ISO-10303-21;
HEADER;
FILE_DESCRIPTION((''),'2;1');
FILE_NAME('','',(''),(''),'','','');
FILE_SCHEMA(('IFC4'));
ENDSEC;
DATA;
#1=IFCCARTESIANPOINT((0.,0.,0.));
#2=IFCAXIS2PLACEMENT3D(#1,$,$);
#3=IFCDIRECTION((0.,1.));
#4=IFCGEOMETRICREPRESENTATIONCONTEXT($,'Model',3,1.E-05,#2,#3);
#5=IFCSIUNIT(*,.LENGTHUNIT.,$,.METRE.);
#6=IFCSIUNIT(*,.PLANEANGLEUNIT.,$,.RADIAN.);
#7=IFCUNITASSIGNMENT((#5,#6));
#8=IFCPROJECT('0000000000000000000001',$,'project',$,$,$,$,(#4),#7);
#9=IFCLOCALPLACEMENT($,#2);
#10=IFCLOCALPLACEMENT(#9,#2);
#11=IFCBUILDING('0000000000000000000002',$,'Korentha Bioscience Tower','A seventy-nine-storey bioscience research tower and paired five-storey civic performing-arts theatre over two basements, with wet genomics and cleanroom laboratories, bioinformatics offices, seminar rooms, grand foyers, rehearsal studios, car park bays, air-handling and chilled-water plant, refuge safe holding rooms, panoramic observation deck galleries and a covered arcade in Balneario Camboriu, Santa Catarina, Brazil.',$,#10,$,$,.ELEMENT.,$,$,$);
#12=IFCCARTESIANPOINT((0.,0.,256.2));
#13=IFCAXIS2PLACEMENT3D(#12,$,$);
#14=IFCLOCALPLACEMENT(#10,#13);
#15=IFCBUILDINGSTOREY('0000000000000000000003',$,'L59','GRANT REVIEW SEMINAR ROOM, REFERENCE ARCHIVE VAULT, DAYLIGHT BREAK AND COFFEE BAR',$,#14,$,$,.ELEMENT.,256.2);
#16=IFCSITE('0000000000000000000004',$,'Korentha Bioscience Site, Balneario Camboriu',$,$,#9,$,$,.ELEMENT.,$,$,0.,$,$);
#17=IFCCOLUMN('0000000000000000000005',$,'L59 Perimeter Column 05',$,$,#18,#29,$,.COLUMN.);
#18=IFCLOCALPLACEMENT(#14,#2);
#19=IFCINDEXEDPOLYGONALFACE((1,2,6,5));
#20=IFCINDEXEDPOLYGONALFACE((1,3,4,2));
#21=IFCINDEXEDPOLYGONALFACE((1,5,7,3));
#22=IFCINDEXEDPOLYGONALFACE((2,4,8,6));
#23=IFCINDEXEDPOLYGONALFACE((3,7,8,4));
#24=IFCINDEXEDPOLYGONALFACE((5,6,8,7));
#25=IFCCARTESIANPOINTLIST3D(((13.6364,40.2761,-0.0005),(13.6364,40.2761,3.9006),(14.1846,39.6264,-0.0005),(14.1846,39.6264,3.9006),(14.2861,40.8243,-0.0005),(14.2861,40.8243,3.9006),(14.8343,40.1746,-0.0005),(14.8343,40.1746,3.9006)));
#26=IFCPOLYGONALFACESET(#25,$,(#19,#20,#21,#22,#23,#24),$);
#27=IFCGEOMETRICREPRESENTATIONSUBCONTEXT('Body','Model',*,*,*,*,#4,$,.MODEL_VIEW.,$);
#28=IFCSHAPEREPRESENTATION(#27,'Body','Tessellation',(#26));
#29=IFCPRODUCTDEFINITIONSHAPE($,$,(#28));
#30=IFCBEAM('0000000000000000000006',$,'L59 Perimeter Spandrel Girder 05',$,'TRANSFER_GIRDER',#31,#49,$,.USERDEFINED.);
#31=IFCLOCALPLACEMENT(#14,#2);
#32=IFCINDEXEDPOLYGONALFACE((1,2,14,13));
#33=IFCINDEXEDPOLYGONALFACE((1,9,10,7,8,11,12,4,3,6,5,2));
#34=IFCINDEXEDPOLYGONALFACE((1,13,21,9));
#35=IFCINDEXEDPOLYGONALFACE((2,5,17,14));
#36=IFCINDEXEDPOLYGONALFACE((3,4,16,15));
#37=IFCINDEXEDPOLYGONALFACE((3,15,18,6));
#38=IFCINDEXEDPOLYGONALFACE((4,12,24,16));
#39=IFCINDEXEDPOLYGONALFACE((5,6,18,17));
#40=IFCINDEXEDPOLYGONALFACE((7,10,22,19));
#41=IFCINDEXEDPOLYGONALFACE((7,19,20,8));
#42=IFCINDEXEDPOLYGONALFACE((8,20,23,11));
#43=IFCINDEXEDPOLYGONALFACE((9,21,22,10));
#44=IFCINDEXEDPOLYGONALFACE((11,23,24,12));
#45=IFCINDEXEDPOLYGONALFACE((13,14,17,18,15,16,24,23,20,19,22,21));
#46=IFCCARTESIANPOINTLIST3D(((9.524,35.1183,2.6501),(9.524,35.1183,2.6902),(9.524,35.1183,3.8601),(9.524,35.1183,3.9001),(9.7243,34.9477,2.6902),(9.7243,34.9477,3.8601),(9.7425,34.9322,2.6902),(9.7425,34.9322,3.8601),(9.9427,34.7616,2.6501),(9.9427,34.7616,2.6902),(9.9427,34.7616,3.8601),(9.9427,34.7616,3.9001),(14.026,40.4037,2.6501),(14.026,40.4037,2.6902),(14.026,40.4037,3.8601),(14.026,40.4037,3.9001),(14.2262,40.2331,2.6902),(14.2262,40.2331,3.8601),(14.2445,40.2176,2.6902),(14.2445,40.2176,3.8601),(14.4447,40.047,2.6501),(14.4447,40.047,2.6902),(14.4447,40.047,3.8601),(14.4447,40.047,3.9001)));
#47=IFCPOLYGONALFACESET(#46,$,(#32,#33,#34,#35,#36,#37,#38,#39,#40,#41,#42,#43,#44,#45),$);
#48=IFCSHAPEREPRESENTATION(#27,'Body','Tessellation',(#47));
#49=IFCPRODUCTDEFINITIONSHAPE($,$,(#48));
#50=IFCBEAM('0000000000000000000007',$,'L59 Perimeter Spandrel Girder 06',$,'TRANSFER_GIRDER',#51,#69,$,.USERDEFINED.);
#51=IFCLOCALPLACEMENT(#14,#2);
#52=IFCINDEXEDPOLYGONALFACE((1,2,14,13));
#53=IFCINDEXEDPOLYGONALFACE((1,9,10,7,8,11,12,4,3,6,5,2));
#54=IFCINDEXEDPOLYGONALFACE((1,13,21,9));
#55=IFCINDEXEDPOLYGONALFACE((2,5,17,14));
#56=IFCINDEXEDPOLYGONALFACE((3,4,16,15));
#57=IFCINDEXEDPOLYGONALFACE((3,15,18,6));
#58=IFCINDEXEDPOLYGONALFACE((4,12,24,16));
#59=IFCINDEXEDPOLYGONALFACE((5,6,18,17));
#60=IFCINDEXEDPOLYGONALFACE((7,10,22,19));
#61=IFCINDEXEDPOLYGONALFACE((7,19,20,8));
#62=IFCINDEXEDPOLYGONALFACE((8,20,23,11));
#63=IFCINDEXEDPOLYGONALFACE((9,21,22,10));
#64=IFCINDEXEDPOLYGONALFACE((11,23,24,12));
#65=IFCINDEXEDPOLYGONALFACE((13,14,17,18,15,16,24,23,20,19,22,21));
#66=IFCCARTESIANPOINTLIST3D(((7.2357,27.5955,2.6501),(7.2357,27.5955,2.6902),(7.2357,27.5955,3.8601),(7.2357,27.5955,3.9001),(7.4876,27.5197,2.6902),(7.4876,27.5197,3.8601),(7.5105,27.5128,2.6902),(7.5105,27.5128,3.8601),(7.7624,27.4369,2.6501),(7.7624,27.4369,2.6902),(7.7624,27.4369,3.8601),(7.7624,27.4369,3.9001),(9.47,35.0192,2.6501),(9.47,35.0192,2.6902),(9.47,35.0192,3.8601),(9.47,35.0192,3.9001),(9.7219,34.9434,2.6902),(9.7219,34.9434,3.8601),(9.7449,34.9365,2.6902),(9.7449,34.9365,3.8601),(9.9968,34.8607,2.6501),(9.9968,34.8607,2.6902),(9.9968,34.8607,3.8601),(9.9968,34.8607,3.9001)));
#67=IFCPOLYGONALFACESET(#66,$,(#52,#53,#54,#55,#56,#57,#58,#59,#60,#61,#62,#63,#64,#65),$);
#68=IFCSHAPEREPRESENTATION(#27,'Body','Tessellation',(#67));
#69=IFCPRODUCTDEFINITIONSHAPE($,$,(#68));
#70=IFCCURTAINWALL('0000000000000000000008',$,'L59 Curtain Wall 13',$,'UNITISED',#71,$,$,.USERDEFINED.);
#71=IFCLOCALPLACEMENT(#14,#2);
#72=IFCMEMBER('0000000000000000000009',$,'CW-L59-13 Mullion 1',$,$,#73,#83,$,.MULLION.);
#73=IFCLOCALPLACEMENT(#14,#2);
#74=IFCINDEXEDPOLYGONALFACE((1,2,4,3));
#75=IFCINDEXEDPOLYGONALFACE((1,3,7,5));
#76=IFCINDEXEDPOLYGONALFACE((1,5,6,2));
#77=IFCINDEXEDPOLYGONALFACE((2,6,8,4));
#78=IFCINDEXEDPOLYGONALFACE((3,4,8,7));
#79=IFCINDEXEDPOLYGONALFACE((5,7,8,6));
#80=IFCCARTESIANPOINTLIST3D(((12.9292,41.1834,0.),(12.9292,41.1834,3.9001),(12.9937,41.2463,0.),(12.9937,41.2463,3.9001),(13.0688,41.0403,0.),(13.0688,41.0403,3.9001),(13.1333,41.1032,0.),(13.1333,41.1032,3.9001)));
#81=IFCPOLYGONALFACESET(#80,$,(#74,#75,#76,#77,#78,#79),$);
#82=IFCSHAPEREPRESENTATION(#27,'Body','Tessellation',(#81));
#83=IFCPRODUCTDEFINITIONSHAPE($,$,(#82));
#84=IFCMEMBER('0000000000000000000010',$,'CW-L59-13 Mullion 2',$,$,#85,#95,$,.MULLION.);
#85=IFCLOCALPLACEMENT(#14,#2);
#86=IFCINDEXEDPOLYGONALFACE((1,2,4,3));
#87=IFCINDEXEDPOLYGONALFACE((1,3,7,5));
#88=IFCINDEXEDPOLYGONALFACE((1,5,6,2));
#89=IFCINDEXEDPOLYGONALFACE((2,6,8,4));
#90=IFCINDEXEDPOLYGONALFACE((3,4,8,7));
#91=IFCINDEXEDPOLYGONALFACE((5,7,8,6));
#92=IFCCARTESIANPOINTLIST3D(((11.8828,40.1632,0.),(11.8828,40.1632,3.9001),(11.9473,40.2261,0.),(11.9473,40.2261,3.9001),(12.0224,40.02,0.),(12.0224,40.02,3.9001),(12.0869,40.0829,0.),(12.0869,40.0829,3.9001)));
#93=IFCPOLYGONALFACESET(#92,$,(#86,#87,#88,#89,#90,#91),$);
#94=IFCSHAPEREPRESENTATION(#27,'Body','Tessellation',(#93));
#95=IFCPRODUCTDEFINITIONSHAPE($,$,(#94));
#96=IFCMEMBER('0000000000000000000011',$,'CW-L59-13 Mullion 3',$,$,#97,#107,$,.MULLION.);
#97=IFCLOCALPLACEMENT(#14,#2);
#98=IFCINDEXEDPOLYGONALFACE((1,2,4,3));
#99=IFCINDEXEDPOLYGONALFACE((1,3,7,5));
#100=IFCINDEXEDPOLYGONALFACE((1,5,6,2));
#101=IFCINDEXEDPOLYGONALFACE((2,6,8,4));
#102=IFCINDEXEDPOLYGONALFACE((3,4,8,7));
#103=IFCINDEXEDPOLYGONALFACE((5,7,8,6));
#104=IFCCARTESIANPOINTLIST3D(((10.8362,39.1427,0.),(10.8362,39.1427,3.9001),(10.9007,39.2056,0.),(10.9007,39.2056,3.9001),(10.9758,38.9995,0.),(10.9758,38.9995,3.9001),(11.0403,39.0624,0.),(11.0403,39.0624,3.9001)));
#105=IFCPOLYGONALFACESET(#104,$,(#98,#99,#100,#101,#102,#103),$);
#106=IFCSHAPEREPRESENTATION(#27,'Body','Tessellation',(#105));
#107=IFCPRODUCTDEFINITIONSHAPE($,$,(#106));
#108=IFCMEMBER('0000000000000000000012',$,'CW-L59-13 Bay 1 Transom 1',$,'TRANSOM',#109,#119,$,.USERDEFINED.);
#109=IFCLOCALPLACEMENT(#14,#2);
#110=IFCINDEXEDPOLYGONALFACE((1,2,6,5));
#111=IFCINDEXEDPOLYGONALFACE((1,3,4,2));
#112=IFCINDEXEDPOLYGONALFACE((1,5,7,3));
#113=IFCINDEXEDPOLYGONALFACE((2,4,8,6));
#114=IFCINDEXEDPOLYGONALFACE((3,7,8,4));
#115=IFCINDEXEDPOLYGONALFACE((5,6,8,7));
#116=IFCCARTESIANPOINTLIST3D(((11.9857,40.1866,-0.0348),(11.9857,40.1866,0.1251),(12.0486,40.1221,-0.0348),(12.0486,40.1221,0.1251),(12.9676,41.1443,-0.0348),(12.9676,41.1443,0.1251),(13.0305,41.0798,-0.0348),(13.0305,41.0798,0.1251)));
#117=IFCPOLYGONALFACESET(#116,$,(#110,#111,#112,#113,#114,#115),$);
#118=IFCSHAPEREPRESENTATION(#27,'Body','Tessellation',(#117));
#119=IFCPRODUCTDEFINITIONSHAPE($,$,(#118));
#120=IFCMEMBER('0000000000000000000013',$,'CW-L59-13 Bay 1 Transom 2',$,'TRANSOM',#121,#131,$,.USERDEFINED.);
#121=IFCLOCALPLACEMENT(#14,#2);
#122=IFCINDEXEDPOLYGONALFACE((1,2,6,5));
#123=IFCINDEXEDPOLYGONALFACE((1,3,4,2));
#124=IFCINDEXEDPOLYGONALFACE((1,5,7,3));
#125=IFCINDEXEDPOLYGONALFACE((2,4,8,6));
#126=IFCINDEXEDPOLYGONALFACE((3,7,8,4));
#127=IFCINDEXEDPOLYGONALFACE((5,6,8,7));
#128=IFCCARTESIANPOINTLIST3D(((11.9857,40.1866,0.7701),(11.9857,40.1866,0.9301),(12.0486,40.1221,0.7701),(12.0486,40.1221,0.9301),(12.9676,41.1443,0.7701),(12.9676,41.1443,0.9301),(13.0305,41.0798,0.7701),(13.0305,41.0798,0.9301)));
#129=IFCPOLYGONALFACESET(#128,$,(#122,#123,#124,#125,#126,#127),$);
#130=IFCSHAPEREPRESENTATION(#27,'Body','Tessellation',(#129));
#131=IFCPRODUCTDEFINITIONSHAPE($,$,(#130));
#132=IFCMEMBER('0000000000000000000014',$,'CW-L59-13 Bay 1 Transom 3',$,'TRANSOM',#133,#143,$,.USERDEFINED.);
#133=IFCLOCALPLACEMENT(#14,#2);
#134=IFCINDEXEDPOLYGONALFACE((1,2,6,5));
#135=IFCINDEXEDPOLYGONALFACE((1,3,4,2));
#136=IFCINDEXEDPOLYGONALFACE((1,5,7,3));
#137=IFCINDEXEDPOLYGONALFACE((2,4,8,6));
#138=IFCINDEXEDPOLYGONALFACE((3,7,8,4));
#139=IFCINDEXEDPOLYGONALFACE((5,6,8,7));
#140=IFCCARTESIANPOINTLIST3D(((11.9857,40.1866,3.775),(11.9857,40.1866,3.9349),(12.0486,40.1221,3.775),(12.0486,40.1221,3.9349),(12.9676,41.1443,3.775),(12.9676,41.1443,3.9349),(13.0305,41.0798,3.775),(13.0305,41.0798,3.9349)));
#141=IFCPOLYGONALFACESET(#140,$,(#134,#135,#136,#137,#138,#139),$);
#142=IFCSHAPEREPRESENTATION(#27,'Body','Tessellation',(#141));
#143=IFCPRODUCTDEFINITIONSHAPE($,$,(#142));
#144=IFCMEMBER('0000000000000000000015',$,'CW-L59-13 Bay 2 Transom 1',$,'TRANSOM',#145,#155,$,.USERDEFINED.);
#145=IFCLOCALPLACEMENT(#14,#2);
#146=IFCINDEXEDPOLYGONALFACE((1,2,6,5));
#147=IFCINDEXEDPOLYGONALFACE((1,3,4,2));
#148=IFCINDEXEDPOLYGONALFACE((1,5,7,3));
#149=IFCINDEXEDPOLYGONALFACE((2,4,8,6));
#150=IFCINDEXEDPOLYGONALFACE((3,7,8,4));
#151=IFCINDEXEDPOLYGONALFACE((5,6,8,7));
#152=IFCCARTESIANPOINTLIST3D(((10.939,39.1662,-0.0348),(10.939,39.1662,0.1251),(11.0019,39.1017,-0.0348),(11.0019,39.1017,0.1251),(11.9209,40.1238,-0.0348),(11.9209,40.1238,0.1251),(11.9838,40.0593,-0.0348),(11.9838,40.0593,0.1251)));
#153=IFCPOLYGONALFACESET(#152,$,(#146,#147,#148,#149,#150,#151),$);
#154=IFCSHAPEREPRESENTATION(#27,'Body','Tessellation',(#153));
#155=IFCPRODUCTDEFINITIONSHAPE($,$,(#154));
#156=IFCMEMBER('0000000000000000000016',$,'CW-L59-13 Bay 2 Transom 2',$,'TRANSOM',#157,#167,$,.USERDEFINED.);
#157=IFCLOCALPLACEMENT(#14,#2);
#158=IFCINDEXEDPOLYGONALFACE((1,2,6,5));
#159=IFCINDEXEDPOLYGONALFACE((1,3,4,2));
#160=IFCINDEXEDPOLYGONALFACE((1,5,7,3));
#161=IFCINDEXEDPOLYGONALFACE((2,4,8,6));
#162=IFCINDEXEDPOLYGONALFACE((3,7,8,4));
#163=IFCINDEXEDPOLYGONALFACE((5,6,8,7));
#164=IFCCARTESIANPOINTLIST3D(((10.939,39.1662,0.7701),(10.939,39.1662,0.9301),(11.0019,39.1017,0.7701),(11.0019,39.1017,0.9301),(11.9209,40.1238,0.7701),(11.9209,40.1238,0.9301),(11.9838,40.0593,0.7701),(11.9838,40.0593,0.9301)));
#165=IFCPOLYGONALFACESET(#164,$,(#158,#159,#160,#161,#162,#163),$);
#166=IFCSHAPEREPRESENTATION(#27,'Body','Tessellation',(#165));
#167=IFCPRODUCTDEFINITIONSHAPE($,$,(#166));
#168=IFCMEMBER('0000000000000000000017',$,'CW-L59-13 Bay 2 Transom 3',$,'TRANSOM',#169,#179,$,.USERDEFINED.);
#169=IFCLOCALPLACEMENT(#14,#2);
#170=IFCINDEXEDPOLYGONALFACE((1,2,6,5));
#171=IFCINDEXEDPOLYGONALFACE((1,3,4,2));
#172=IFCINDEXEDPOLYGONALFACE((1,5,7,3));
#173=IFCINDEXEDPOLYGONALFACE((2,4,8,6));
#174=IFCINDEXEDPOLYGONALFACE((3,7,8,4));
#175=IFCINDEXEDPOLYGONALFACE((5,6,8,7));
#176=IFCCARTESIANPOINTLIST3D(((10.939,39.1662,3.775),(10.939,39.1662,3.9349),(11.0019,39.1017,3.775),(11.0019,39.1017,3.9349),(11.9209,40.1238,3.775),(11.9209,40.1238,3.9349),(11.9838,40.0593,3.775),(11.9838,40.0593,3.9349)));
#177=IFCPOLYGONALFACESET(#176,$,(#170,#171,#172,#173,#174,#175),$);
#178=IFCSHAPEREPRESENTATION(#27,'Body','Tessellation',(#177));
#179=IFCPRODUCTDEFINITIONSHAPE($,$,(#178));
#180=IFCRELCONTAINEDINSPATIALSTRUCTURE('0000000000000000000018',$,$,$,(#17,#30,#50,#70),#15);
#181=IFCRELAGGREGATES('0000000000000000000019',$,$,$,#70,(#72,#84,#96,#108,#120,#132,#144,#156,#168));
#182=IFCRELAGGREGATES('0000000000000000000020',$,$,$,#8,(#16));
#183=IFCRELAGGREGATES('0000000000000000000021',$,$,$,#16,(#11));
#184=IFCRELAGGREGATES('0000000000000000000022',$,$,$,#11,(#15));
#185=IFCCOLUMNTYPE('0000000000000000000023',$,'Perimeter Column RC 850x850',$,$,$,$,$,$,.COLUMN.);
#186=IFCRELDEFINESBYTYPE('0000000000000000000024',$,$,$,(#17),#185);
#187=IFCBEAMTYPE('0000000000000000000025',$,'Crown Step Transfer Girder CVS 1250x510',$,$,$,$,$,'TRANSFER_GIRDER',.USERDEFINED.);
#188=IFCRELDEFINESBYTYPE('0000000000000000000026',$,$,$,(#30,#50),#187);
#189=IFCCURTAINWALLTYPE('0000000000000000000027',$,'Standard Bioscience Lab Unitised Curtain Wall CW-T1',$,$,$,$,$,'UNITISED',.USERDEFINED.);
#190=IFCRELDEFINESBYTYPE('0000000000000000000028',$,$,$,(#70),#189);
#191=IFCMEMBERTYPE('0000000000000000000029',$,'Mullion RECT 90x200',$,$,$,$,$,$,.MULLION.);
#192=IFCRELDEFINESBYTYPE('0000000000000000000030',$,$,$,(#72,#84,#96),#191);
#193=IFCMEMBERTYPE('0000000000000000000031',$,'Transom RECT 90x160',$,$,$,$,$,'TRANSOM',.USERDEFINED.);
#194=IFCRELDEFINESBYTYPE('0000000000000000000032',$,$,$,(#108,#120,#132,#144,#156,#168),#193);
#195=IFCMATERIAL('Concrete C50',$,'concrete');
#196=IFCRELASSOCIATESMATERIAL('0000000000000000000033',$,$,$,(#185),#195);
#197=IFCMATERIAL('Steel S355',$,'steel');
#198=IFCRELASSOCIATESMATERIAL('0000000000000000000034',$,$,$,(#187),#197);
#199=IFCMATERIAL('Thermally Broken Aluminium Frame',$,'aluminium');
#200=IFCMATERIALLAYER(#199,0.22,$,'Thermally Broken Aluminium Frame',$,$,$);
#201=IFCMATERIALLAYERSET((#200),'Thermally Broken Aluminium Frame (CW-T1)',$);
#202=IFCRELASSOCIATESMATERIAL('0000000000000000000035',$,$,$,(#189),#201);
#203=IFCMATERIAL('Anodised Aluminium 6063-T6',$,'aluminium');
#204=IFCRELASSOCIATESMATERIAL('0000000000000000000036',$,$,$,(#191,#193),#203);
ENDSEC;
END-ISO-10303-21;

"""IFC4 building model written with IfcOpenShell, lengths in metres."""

from ifc_helpers import new_model, si_unit, direction, frame, origin, origin_2d, place, context, subcontext, project, spatial, rectangle, i_section, extrude, material, layer, layer_set, material_profile, profile_set, type_object, element, aggregate, save


model = new_model("IFC4")

# Units and contexts
model_context = context("Model", 3, precision=1e-05, world=origin(), true_north=direction((0.0, 1.0)))
body_context = subcontext(model_context, "Body", "Model", "MODEL_VIEW")
ifc_project = project(units=[si_unit("LENGTHUNIT", "METRE"), si_unit("PLANEANGLEUNIT", "RADIAN")], contexts=[model_context])

# Site, building, storey
site_placement = place(None, origin())
site = spatial("IfcSite", under=ifc_project, at=site_placement, Name="Korentha Bioscience Site, Balneario Camboriu", CompositionType="ELEMENT", RefElevation=0.0)
building_placement = place(site_placement, origin())
building = spatial("IfcBuilding", under=site, at=building_placement, Name="Korentha Bioscience Tower", Description="A seventy-nine-storey bioscience research tower and paired five-storey civic performing-arts theatre over two basements, with wet genomics and cleanroom laboratories, bioinformatics offices, seminar rooms, grand foyers, rehearsal studios, car park bays, air-handling and chilled-water plant, refuge safe holding rooms, panoramic observation deck galleries and a covered arcade in Balneario Camboriu, Santa Catarina, Brazil.", CompositionType="ELEMENT")
storey_placement = place(building_placement, frame((0.0, 0.0, 256.2)))
storey = spatial("IfcBuildingStorey", under=building, at=storey_placement, Name="L59", Description="GRANT REVIEW SEMINAR ROOM, REFERENCE ARCHIVE VAULT, DAYLIGHT BREAK AND COFFEE BAR", CompositionType="ELEMENT", Elevation=256.2)

# Column
ifc_material_1 = material(Name="Concrete C50", Category="concrete")
ifc_material_profile_1 = material_profile(ifc_material_1, rectangle(XDim=0.8501, YDim=0.8501, at=origin_2d()), Name="Concrete C50")
ifc_profile_set_1 = profile_set([ifc_material_profile_1], Name="Concrete C50 (COL-P08)")
column_type = type_object("IfcColumnType", Name="Perimeter Column RC 850x850", PredefinedType="COLUMN", material=ifc_profile_set_1)
column_placement = place(storey_placement, frame((14.2354, 40.2253, -0.0005), z_axis=(0.0, 0.0, 1.0), x_axis=(0.764246, 0.644924, 0.0)))
element("IfcColumn", 1, at=column_placement, inside=storey, type_object=column_type, Name="L59 Perimeter Column 05", PredefinedType="COLUMN", context=body_context, shape_type="SweptSolid", body=[
    extrude(rectangle(XDim=0.8501, YDim=0.8501, at=origin_2d()), origin(), (0.0, 0.0, 1.0), 3.9011),
])

# Beams
ifc_material_2 = material(Name="Steel S355", Category="steel")
ifc_material_profile_2 = material_profile(ifc_material_2, i_section(OverallWidth=0.55, OverallDepth=1.25, WebThickness=0.0239, FlangeThickness=0.04, at=origin_2d()), Name="Steel S355")
ifc_profile_set_2 = profile_set([ifc_material_profile_2], Name="Steel S355 (TG-03)")
beam_type = type_object("IfcBeamType", Name="Crown Step Transfer Girder CVS 1250x510", ElementType="TRANSFER_GIRDER", PredefinedType="USERDEFINED", material=ifc_profile_set_2)
beam_1_placement = place(storey_placement, frame((14.2354, 40.2253, 3.2751), z_axis=(-0.648431, -0.761273, 0.0), x_axis=(0.761273, -0.648431, 0.0)))
element("IfcBeam", 2, at=beam_1_placement, inside=storey, type_object=beam_type, Name="L59 Perimeter Spandrel Girder 05", ObjectType="TRANSFER_GIRDER", PredefinedType="USERDEFINED", context=body_context, shape_type="SweptSolid", body=[
    extrude(i_section(OverallWidth=0.55, OverallDepth=1.25, WebThickness=0.0239, FlangeThickness=0.04, at=origin_2d()), origin(), (0.0, 0.0, 1.0), 6.9429),
])
beam_2_placement = place(storey_placement, frame((9.7334, 34.9399, 3.2751), z_axis=(-0.288203, -0.957569, 0.0), x_axis=(0.957569, -0.288203, 0.0)))
element("IfcBeam", 3, at=beam_2_placement, inside=storey, type_object=beam_type, Name="L59 Perimeter Spandrel Girder 06", ObjectType="TRANSFER_GIRDER", PredefinedType="USERDEFINED", context=body_context, shape_type="SweptSolid", body=[
    extrude(i_section(OverallWidth=0.55, OverallDepth=1.25, WebThickness=0.0239, FlangeThickness=0.04, at=origin_2d()), origin(), (0.0, 0.0, 1.0), 7.7527),
])

# Curtain wall, members
ifc_material_3 = material(Name="Thermally Broken Aluminium Frame", Category="aluminium")
ifc_layer_1 = layer(ifc_material_3, 0.22, Name="Thermally Broken Aluminium Frame")
ifc_layer_set_1 = layer_set([ifc_layer_1], Name="Thermally Broken Aluminium Frame (CW-T1)")
curtain_wall_type = type_object("IfcCurtainWallType", Name="Standard Bioscience Lab Unitised Curtain Wall CW-T1", ElementType="UNITISED", PredefinedType="USERDEFINED", material=ifc_layer_set_1)
curtain_wall_placement = place(storey_placement, origin())
curtain_wall = element("IfcCurtainWall", 4, at=curtain_wall_placement, inside=storey, type_object=curtain_wall_type, Name="L59 Curtain Wall 13", ObjectType="UNITISED", PredefinedType="USERDEFINED")
ifc_material_4 = material(Name="Anodised Aluminium 6063-T6", Category="aluminium")
ifc_material_profile_3 = material_profile(ifc_material_4, rectangle(XDim=0.0901, YDim=0.2, at=origin_2d()), Name="Anodised Aluminium 6063-T6")
ifc_profile_set_3 = profile_set([ifc_material_profile_3], Name="Anodised Aluminium 6063-T6 (CW-MUL)")
member_type_1 = type_object("IfcMemberType", Name="Mullion RECT 90x200", PredefinedType="MULLION", material=ifc_profile_set_3)
member_1_placement = place(storey_placement, frame((13.0312, 41.1433, 0.0), z_axis=(0.0, 0.0, 1.0), x_axis=(-0.715994, -0.698107, 0.0)))
member_1 = element("IfcMember", 5, at=member_1_placement, type_object=member_type_1, Name="CW-L59-13 Mullion 1", PredefinedType="MULLION", context=body_context, shape_type="SweptSolid", body=[
    extrude(rectangle(XDim=0.0901, YDim=0.2, at=origin_2d()), origin(), (0.0, 0.0, 1.0), 3.9001),
])
member_2_placement = place(storey_placement, frame((11.9849, 40.123, 0.0), z_axis=(0.0, 0.0, 1.0), x_axis=(-0.715994, -0.698107, 0.0)))
member_2 = element("IfcMember", 6, at=member_2_placement, type_object=member_type_1, Name="CW-L59-13 Mullion 2", PredefinedType="MULLION", context=body_context, shape_type="SweptSolid", body=[
    extrude(rectangle(XDim=0.0901, YDim=0.2, at=origin_2d()), origin(), (0.0, 0.0, 1.0), 3.9001),
])
member_3_placement = place(storey_placement, frame((10.9382, 39.1025, 0.0), z_axis=(0.0, 0.0, 1.0), x_axis=(-0.715994, -0.698107, 0.0)))
member_3 = element("IfcMember", 7, at=member_3_placement, type_object=member_type_1, Name="CW-L59-13 Mullion 3", PredefinedType="MULLION", context=body_context, shape_type="SweptSolid", body=[
    extrude(rectangle(XDim=0.0901, YDim=0.2, at=origin_2d()), origin(), (0.0, 0.0, 1.0), 3.9001),
])
ifc_material_profile_4 = material_profile(ifc_material_4, rectangle(XDim=0.0901, YDim=0.1599, at=origin_2d()), Name="Anodised Aluminium 6063-T6")
ifc_profile_set_4 = profile_set([ifc_material_profile_4], Name="Anodised Aluminium 6063-T6 (CW-TRN)")
member_type_2 = type_object("IfcMemberType", Name="Transom RECT 90x160", ElementType="TRANSOM", PredefinedType="USERDEFINED", material=ifc_profile_set_4)
member_4_placement = place(storey_placement, frame((12.999, 41.1121, 0.0452), z_axis=(-0.715862, -0.698242, 0.0), x_axis=(0.698242, -0.715862, 0.0)))
member_4 = element("IfcMember", 8, at=member_4_placement, type_object=member_type_2, Name="CW-L59-13 Bay 1 Transom 1", ObjectType="TRANSOM", PredefinedType="USERDEFINED", context=body_context, shape_type="SweptSolid", body=[
    extrude(rectangle(XDim=0.0901, YDim=0.1599, at=origin_2d()), origin(), (0.0, 0.0, 1.0), 1.3716),
])
member_5_placement = place(storey_placement, frame((12.999, 41.1121, 0.8501), z_axis=(-0.715862, -0.698242, 0.0), x_axis=(0.698242, -0.715862, 0.0)))
member_5 = element("IfcMember", 9, at=member_5_placement, type_object=member_type_2, Name="CW-L59-13 Bay 1 Transom 2", ObjectType="TRANSOM", PredefinedType="USERDEFINED", context=body_context, shape_type="SweptSolid", body=[
    extrude(rectangle(XDim=0.0901, YDim=0.1599, at=origin_2d()), origin(), (0.0, 0.0, 1.0), 1.3716),
])
member_6_placement = place(storey_placement, frame((12.999, 41.1121, 3.855), z_axis=(-0.715862, -0.698242, 0.0), x_axis=(0.698242, -0.715862, 0.0)))
member_6 = element("IfcMember", 10, at=member_6_placement, type_object=member_type_2, Name="CW-L59-13 Bay 1 Transom 3", ObjectType="TRANSOM", PredefinedType="USERDEFINED", context=body_context, shape_type="SweptSolid", body=[
    extrude(rectangle(XDim=0.0901, YDim=0.1599, at=origin_2d()), origin(), (0.0, 0.0, 1.0), 1.3716),
])
member_7_placement = place(storey_placement, frame((11.9524, 40.0916, 0.0452), z_axis=(-0.715951, -0.69815, 0.0), x_axis=(0.69815, -0.715951, 0.0)))
member_7 = element("IfcMember", 11, at=member_7_placement, type_object=member_type_2, Name="CW-L59-13 Bay 2 Transom 1", ObjectType="TRANSOM", PredefinedType="USERDEFINED", context=body_context, shape_type="SweptSolid", body=[
    extrude(rectangle(XDim=0.0901, YDim=0.1599, at=origin_2d()), origin(), (0.0, 0.0, 1.0), 1.3716),
])
member_8_placement = place(storey_placement, frame((11.9524, 40.0916, 0.8501), z_axis=(-0.715951, -0.69815, 0.0), x_axis=(0.69815, -0.715951, 0.0)))
member_8 = element("IfcMember", 12, at=member_8_placement, type_object=member_type_2, Name="CW-L59-13 Bay 2 Transom 2", ObjectType="TRANSOM", PredefinedType="USERDEFINED", context=body_context, shape_type="SweptSolid", body=[
    extrude(rectangle(XDim=0.0901, YDim=0.1599, at=origin_2d()), origin(), (0.0, 0.0, 1.0), 1.3716),
])
member_9_placement = place(storey_placement, frame((11.9524, 40.0916, 3.855), z_axis=(-0.715951, -0.69815, 0.0), x_axis=(0.69815, -0.715951, 0.0)))
member_9 = element("IfcMember", 13, at=member_9_placement, type_object=member_type_2, Name="CW-L59-13 Bay 2 Transom 3", ObjectType="TRANSOM", PredefinedType="USERDEFINED", context=body_context, shape_type="SweptSolid", body=[
    extrude(rectangle(XDim=0.0901, YDim=0.1599, at=origin_2d()), origin(), (0.0, 0.0, 1.0), 1.3716),
])
aggregate(curtain_wall, [member_1, member_2, member_3, member_4, member_5, member_6, member_7, member_8, member_9])

save(model, "model.ifc")
